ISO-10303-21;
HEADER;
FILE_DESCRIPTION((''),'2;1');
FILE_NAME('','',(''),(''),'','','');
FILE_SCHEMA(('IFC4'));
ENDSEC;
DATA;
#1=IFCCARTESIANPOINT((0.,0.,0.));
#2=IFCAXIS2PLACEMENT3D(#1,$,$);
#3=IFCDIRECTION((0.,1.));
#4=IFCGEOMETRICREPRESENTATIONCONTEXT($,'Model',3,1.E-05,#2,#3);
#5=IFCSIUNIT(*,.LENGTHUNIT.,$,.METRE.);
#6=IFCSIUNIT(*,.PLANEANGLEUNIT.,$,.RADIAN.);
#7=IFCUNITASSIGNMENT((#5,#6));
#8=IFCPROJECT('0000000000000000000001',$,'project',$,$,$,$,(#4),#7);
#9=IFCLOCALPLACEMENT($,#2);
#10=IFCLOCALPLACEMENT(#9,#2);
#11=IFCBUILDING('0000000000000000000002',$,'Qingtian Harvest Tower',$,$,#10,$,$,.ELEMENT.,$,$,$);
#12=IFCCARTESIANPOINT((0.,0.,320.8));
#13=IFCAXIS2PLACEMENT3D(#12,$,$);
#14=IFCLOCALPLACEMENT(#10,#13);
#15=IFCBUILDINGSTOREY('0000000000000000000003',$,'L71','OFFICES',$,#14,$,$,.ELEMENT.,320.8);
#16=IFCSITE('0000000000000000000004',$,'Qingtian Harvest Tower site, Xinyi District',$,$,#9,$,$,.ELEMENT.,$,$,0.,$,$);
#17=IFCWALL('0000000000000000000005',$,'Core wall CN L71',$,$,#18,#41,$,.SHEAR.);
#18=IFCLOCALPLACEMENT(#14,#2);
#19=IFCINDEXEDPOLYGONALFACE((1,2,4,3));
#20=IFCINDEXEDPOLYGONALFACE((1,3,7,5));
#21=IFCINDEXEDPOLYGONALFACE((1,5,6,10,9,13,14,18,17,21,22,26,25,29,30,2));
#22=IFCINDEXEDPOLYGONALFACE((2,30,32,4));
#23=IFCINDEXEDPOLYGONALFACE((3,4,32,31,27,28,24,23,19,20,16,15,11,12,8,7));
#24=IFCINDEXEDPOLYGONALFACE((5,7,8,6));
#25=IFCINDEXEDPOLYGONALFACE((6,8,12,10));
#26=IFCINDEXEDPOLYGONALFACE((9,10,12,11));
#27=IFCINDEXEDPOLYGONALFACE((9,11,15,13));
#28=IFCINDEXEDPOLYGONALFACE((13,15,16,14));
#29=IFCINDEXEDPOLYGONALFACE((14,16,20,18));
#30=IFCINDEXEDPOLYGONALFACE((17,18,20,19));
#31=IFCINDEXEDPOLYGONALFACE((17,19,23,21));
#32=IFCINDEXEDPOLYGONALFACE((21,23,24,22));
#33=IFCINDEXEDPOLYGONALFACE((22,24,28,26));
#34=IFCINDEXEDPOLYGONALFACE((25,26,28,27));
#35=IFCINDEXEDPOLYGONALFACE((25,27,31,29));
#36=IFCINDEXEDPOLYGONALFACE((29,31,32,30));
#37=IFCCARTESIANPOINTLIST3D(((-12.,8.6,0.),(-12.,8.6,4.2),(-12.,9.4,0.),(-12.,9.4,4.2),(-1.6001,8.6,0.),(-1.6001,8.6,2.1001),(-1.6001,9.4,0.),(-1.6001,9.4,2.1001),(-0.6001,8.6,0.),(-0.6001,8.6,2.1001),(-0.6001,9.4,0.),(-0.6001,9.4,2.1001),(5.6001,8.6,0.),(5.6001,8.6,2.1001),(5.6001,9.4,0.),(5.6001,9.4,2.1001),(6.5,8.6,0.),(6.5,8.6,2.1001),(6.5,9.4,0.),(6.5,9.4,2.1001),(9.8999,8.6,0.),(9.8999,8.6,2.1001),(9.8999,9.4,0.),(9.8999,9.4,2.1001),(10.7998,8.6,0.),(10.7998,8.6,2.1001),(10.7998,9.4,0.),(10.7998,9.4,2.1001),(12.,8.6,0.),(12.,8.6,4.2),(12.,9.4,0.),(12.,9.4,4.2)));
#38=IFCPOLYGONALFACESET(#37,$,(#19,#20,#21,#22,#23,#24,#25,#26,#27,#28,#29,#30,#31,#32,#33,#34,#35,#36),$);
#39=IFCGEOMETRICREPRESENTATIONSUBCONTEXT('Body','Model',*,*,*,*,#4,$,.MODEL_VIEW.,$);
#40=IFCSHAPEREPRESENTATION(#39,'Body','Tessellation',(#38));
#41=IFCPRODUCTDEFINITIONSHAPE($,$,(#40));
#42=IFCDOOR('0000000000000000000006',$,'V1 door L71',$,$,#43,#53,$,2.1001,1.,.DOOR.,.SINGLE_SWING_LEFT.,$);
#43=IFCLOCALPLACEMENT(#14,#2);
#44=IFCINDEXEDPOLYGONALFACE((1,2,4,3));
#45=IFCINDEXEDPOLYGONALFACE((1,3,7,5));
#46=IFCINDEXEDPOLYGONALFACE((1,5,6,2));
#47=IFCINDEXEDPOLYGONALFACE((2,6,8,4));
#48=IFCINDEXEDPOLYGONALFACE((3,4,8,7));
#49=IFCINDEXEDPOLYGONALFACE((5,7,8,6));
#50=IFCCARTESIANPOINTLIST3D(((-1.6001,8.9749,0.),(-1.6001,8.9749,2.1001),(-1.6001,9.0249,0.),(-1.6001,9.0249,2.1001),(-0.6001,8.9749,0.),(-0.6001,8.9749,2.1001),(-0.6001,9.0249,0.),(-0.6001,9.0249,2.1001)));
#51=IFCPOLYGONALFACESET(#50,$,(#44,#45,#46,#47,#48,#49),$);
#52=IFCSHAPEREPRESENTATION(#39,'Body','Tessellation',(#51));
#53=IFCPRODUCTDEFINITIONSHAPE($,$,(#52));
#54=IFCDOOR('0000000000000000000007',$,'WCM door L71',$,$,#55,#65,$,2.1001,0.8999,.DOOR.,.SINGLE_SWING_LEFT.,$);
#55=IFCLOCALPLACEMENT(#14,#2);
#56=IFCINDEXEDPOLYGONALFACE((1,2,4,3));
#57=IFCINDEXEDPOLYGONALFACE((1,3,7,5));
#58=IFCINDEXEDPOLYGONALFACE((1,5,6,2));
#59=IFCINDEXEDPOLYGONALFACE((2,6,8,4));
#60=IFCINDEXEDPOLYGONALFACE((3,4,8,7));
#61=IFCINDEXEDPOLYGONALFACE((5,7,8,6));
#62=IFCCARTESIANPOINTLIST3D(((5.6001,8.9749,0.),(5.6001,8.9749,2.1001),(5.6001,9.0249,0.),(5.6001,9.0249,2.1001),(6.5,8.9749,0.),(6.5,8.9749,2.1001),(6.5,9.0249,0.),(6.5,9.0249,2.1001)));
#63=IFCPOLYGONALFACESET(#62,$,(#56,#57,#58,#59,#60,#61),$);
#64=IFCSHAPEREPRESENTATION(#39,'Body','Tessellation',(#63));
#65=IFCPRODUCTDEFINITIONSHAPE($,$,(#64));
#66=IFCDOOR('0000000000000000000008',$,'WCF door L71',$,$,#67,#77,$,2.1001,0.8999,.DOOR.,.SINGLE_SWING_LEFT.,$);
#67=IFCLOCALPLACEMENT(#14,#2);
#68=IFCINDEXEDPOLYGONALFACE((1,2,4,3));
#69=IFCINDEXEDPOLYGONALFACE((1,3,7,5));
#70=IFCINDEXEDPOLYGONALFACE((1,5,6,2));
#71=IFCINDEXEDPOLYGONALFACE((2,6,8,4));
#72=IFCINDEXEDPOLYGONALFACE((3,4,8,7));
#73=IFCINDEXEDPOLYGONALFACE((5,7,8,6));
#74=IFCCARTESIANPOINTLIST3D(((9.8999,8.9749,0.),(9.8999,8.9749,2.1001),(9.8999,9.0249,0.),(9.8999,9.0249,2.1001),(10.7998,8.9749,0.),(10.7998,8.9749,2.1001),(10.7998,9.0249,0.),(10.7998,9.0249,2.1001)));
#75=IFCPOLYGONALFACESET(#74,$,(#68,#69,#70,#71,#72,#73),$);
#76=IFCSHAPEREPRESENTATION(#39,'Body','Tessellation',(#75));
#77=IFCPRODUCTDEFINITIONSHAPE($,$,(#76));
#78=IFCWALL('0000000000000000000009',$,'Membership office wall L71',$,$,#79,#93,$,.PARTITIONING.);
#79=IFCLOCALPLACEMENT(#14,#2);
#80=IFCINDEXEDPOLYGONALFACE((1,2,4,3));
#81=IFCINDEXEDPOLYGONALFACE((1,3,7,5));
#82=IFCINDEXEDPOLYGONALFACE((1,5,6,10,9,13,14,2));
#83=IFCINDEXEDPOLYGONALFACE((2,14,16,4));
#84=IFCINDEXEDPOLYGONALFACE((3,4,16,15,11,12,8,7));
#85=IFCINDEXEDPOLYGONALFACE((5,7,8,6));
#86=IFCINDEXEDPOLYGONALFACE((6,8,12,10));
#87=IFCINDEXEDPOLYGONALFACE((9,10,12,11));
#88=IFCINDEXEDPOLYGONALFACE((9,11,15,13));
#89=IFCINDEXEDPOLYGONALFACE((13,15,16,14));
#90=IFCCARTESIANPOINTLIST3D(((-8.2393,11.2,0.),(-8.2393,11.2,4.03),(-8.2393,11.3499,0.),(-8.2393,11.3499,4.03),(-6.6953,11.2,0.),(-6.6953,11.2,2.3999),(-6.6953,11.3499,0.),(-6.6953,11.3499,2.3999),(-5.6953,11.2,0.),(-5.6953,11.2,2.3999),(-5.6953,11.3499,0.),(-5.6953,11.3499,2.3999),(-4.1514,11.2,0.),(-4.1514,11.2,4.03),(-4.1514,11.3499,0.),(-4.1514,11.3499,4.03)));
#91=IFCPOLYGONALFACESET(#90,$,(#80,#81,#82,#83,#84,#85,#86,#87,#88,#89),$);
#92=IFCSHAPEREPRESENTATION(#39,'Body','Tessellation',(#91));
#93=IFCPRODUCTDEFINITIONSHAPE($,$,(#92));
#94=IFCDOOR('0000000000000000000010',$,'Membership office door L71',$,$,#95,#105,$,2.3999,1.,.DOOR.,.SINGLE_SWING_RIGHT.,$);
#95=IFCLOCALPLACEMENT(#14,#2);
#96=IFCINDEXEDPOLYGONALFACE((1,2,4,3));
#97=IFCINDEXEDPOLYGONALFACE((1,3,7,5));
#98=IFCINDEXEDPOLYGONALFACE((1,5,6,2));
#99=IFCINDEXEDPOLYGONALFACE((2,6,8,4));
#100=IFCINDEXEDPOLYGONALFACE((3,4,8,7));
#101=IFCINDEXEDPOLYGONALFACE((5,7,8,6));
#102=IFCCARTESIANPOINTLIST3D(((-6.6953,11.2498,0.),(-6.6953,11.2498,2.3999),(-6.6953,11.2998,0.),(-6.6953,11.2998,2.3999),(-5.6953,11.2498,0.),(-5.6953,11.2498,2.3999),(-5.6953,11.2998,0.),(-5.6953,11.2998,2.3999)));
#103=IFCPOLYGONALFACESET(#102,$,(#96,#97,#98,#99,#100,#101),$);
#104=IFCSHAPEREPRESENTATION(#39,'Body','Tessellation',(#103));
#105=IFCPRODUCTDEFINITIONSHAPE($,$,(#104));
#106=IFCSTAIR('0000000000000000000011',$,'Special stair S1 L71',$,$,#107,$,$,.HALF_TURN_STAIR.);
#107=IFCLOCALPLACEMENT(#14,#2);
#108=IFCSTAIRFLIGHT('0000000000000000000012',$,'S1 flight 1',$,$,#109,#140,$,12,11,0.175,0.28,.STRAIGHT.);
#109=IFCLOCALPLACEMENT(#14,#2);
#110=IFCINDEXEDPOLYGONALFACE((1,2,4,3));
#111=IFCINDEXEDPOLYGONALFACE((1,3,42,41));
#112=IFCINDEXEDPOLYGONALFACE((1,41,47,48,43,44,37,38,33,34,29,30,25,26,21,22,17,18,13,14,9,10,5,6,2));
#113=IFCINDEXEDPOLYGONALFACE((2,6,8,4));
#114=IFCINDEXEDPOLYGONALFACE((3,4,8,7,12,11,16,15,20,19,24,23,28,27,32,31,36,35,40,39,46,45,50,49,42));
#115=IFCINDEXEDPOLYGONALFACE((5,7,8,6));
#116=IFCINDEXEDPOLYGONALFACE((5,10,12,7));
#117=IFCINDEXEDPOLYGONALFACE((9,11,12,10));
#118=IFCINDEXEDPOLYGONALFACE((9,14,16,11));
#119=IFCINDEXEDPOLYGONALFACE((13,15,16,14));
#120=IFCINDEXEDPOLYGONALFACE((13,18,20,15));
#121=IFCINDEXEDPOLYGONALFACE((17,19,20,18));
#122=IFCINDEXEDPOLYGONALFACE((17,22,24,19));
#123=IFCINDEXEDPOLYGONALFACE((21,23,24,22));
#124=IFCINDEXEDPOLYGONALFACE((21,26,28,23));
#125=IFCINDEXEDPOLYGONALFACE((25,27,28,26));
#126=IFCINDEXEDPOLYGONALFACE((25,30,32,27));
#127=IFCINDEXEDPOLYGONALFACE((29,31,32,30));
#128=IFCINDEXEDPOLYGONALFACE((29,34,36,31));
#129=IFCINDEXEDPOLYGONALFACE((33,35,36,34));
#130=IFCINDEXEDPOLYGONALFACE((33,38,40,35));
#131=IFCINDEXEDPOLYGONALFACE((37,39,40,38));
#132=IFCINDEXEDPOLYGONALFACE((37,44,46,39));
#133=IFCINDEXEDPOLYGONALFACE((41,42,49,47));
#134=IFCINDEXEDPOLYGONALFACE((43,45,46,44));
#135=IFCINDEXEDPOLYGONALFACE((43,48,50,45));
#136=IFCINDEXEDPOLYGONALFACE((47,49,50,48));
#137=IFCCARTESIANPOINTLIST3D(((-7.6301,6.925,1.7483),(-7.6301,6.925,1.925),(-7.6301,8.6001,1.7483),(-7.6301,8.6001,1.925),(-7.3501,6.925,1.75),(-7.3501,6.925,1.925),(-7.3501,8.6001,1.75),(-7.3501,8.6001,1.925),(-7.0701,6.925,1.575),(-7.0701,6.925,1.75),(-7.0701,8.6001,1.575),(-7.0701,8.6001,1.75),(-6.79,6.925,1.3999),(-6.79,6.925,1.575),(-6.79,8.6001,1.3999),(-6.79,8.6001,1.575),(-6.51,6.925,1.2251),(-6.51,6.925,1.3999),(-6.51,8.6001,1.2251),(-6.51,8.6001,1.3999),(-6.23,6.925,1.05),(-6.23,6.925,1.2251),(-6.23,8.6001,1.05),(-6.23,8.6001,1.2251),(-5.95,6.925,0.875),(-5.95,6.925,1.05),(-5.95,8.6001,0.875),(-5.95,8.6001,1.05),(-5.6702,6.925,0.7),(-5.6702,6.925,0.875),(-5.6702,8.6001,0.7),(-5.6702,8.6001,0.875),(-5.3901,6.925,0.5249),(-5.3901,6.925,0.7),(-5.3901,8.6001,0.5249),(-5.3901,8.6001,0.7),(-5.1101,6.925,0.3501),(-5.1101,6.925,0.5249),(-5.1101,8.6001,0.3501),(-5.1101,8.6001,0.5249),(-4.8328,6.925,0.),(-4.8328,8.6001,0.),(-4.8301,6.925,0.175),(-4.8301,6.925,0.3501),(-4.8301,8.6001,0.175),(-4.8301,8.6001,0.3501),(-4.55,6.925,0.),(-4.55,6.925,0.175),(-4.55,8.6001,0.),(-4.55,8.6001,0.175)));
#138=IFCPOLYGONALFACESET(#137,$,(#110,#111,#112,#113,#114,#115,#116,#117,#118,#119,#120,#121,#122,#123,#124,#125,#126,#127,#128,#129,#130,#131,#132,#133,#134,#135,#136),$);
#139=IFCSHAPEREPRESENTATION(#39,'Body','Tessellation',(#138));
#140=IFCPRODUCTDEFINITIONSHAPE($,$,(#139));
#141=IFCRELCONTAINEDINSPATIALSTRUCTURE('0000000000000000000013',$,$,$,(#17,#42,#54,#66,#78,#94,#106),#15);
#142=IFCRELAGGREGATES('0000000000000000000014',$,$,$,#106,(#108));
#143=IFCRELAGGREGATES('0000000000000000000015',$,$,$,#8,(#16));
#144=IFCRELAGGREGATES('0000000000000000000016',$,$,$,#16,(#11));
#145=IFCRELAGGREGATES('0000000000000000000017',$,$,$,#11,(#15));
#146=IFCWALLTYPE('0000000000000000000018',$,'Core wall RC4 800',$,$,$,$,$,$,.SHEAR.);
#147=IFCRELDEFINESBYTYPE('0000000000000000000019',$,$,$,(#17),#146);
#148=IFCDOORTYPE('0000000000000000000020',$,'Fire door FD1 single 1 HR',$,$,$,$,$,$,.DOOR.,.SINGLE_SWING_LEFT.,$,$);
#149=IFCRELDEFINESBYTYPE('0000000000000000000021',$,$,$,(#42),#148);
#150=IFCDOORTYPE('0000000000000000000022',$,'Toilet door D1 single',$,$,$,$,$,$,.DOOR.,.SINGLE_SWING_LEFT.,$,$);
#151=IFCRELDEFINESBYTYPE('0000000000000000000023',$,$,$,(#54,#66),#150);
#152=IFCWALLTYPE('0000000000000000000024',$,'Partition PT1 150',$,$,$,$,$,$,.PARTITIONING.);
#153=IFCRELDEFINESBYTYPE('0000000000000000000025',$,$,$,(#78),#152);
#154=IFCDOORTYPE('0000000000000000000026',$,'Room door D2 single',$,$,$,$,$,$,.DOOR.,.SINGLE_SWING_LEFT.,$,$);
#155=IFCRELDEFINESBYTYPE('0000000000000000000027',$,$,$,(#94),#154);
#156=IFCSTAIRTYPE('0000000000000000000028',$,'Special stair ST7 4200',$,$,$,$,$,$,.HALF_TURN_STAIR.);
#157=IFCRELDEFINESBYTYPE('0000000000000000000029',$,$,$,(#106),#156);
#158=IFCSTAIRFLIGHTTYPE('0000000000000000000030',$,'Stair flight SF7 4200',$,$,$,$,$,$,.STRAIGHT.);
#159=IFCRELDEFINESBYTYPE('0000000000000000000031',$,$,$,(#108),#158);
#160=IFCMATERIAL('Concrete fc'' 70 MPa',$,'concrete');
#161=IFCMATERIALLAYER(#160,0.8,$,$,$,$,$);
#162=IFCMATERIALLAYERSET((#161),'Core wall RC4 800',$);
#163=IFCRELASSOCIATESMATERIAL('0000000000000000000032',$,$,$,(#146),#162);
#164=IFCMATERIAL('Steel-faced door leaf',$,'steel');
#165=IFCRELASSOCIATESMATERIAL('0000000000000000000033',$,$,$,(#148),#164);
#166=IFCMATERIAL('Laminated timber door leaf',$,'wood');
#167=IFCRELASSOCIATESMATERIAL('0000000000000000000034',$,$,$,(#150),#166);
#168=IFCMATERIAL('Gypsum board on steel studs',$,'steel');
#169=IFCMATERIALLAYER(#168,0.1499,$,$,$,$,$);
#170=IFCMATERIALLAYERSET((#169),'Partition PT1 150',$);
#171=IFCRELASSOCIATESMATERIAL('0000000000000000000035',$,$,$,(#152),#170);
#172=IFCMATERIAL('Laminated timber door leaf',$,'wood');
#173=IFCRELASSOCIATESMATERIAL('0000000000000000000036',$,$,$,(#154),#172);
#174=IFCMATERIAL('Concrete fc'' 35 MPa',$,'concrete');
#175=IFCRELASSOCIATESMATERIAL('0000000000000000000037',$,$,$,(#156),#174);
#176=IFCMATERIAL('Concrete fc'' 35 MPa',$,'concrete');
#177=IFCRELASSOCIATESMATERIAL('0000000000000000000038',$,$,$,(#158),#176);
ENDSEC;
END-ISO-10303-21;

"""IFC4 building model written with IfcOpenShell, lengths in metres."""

from ifc_helpers import new_model, si_unit, direction, frame, frame_2d, origin, place, context, subcontext, project, spatial, polyline, rectangle, outline, extrude, material, layer, layer_set, type_object, element, fill, aggregate, save


model = new_model("IFC4")

# Units and contexts
model_context = context("Model", 3, precision=1e-05, world=origin(), true_north=direction((0.0, 1.0)))
body_context = subcontext(model_context, "Body", "Model", "MODEL_VIEW")
ifc_project = project(units=[si_unit("LENGTHUNIT", "METRE"), si_unit("PLANEANGLEUNIT", "RADIAN")], contexts=[model_context])

# Site, building, storey
site_placement = place(None, origin())
site = spatial("IfcSite", under=ifc_project, at=site_placement, Name="Qingtian Harvest Tower site, Xinyi District", CompositionType="ELEMENT", RefElevation=0.0)
building_placement = place(site_placement, origin())
building = spatial("IfcBuilding", under=site, at=building_placement, Name="Qingtian Harvest Tower", CompositionType="ELEMENT")
storey_placement = place(building_placement, frame((0.0, 0.0, 320.8)))
storey = spatial("IfcBuildingStorey", under=building, at=storey_placement, Name="L71", Description="OFFICES", CompositionType="ELEMENT", Elevation=320.8)

# Wall, openings, doors
ifc_material_1 = material(Name="Concrete fc' 70 MPa", Category="concrete")
ifc_layer_1 = layer(ifc_material_1, 0.8)
ifc_layer_set_1 = layer_set([ifc_layer_1], Name="Core wall RC4 800")
wall_type_1 = type_object("IfcWallType", Name="Core wall RC4 800", PredefinedType="SHEAR", material=ifc_layer_set_1)
wall_1_placement = place(storey_placement, frame((-12.0, 9.0, 0.0), z_axis=(0.0, 0.0, 1.0), x_axis=(1.0, 0.0, 0.0)))
wall_1 = element("IfcWall", 1, at=wall_1_placement, inside=storey, type_object=wall_type_1, Name="Core wall CN L71", PredefinedType="SHEAR", context=body_context, shape_type="SweptSolid", body=[
    extrude(rectangle(XDim=24.0, YDim=0.8, at=frame_2d((12.0, 0.0))), origin(), (0.0, 0.0, 1.0), 4.2),
])
opening_1_placement = place(wall_1_placement, frame((10.3999, 0.0, 0.0)))
opening_1 = element("IfcOpeningElement", 2, at=opening_1_placement, cuts=wall_1, PredefinedType="OPENING", context=body_context, shape_type="SweptSolid", body=[
    extrude(rectangle(XDim=1.0, YDim=2.1001, at=frame_2d((0.5, 1.05))), frame((0.0, 0.4099, 0.0), z_axis=(0.0, -1.0, 0.0), x_axis=(1.0, 0.0, 0.0)), (0.0, 0.0, 1.0), 0.8201),
])
opening_2_placement = place(wall_1_placement, frame((17.6001, 0.0, 0.0)))
opening_2 = element("IfcOpeningElement", 3, at=opening_2_placement, cuts=wall_1, PredefinedType="OPENING", context=body_context, shape_type="SweptSolid", body=[
    extrude(rectangle(XDim=0.8999, YDim=2.1001, at=frame_2d((0.45, 1.05))), frame((0.0, 0.4099, 0.0), z_axis=(0.0, -1.0, 0.0), x_axis=(1.0, 0.0, 0.0)), (0.0, 0.0, 1.0), 0.8201),
])
opening_3_placement = place(wall_1_placement, frame((21.8999, 0.0, 0.0)))
opening_3 = element("IfcOpeningElement", 4, at=opening_3_placement, cuts=wall_1, PredefinedType="OPENING", context=body_context, shape_type="SweptSolid", body=[
    extrude(rectangle(XDim=0.8999, YDim=2.1001, at=frame_2d((0.45, 1.05))), frame((0.0, 0.4099, 0.0), z_axis=(0.0, -1.0, 0.0), x_axis=(1.0, 0.0, 0.0)), (0.0, 0.0, 1.0), 0.8201),
])
ifc_material_2 = material(Name="Steel-faced door leaf", Category="steel")
door_type_1 = type_object("IfcDoorType", Name="Fire door FD1 single 1 HR", OperationType="SINGLE_SWING_LEFT", PredefinedType="DOOR", material=ifc_material_2)
door_1_placement = place(opening_1_placement, origin())
door_1 = element("IfcDoor", 5, at=door_1_placement, inside=storey, type_object=door_type_1, Name="V1 door L71", OperationType="SINGLE_SWING_LEFT", OverallHeight=2.1001, OverallWidth=1.0, PredefinedType="DOOR", context=body_context, shape_type="SweptSolid", body=[
    extrude(rectangle(XDim=1.0, YDim=2.1001, at=frame_2d((0.5, 1.05))), frame((0.0, 0.0249, 0.0), z_axis=(0.0, -1.0, 0.0), x_axis=(1.0, 0.0, 0.0)), (0.0, 0.0, 1.0), 0.05),
])
fill(opening_1, door_1)
ifc_material_3 = material(Name="Laminated timber door leaf", Category="wood")
door_type_2 = type_object("IfcDoorType", Name="Toilet door D1 single", OperationType="SINGLE_SWING_LEFT", PredefinedType="DOOR", material=ifc_material_3)
door_2_placement = place(opening_2_placement, origin())
door_2 = element("IfcDoor", 6, at=door_2_placement, inside=storey, type_object=door_type_2, Name="WCM door L71", OperationType="SINGLE_SWING_LEFT", OverallHeight=2.1001, OverallWidth=0.8999, PredefinedType="DOOR", context=body_context, shape_type="SweptSolid", body=[
    extrude(rectangle(XDim=0.8999, YDim=2.1001, at=frame_2d((0.45, 1.05))), frame((0.0, 0.0249, 0.0), z_axis=(0.0, -1.0, 0.0), x_axis=(1.0, 0.0, 0.0)), (0.0, 0.0, 1.0), 0.05),
])
fill(opening_2, door_2)
door_3_placement = place(opening_3_placement, origin())
door_3 = element("IfcDoor", 7, at=door_3_placement, inside=storey, type_object=door_type_2, Name="WCF door L71", OperationType="SINGLE_SWING_LEFT", OverallHeight=2.1001, OverallWidth=0.8999, PredefinedType="DOOR", context=body_context, shape_type="SweptSolid", body=[
    extrude(rectangle(XDim=0.8999, YDim=2.1001, at=frame_2d((0.45, 1.05))), frame((0.0, 0.0249, 0.0), z_axis=(0.0, -1.0, 0.0), x_axis=(1.0, 0.0, 0.0)), (0.0, 0.0, 1.0), 0.05),
])
fill(opening_3, door_3)

# Wall, opening, door
ifc_material_4 = material(Name="Gypsum board on steel studs", Category="steel")
ifc_layer_2 = layer(ifc_material_4, 0.1499)
ifc_layer_set_2 = layer_set([ifc_layer_2], Name="Partition PT1 150")
wall_type_2 = type_object("IfcWallType", Name="Partition PT1 150", PredefinedType="PARTITIONING", material=ifc_layer_set_2)
ifc_material_5 = material(Name="Laminated timber door leaf", Category="wood")
door_type_3 = type_object("IfcDoorType", Name="Room door D2 single", OperationType="SINGLE_SWING_LEFT", PredefinedType="DOOR", material=ifc_material_5)
wall_2_placement = place(storey_placement, frame((-8.2393, 11.2749, 0.0), z_axis=(0.0, 0.0, 1.0), x_axis=(1.0, 0.0, 0.0)))
wall_2 = element("IfcWall", 8, at=wall_2_placement, inside=storey, type_object=wall_type_2, Name="Membership office wall L71", PredefinedType="PARTITIONING", context=body_context, shape_type="SweptSolid", body=[
    extrude(rectangle(XDim=4.0879, YDim=0.1499, at=frame_2d((2.0439, 0.0))), origin(), (0.0, 0.0, 1.0), 4.03),
])
opening_4_placement = place(wall_2_placement, frame((1.5439, 0.0, 0.0)))
opening_4 = element("IfcOpeningElement", 9, at=opening_4_placement, cuts=wall_2, PredefinedType="OPENING", context=body_context, shape_type="SweptSolid", body=[
    extrude(rectangle(XDim=1.0, YDim=2.3999, at=frame_2d((0.5, 1.2))), frame((0.0, 0.085, 0.0), z_axis=(0.0, -1.0, 0.0), x_axis=(1.0, 0.0, 0.0)), (0.0, 0.0, 1.0), 0.1699),
])
door_4_placement = place(opening_4_placement, origin())
door_4 = element("IfcDoor", 10, at=door_4_placement, inside=storey, type_object=door_type_3, Name="Membership office door L71", OperationType="SINGLE_SWING_RIGHT", OverallHeight=2.3999, OverallWidth=1.0, PredefinedType="DOOR", context=body_context, shape_type="SweptSolid", body=[
    extrude(rectangle(XDim=1.0, YDim=2.3999, at=frame_2d((0.5, 1.2))), frame((0.0, 0.0249, 0.0), z_axis=(0.0, -1.0, 0.0), x_axis=(1.0, 0.0, 0.0)), (0.0, 0.0, 1.0), 0.05),
])
fill(opening_4, door_4)

# Stair, stair flight
ifc_material_6 = material(Name="Concrete fc' 35 MPa", Category="concrete")
stair_type = type_object("IfcStairType", Name="Special stair ST7 4200", PredefinedType="HALF_TURN_STAIR", material=ifc_material_6)
stair_placement = place(storey_placement, origin())
stair = element("IfcStair", 11, at=stair_placement, inside=storey, type_object=stair_type, Name="Special stair S1 L71", PredefinedType="HALF_TURN_STAIR")
ifc_material_7 = material(Name="Concrete fc' 35 MPa", Category="concrete")
stair_flight_type = type_object("IfcStairFlightType", Name="Stair flight SF7 4200", PredefinedType="STRAIGHT", material=ifc_material_7)
stair_flight_1_placement = place(storey_placement, frame((-4.55, 7.7625, 0.0), z_axis=(0.0, 0.0, 1.0), x_axis=(-1.0, 0.0, 0.0)))
stair_flight_1 = element("IfcStairFlight", 12, at=stair_flight_1_placement, type_object=stair_flight_type, Name="S1 flight 1", NumberOfRisers=12, NumberOfTreads=11, PredefinedType="STRAIGHT", RiserHeight=0.175, TreadLength=0.28, context=body_context, shape_type="SweptSolid", body=[
    extrude(outline(polyline([(0.0, 0.0), (0.0, 0.175), (0.28, 0.175), (0.28, 0.3501), (0.5601, 0.3501), (0.5601, 0.5249), (0.8401, 0.5249), (0.8401, 0.7), (1.1201, 0.7), (1.1201, 0.875), (1.3999, 0.875), (1.3999, 1.05), (1.6799, 1.05), (1.6799, 1.2251), (1.96, 1.2251), (1.96, 1.3999), (2.24, 1.3999), (2.24, 1.575), (2.52, 1.575), (2.52, 1.75), (2.8, 1.75), (2.8, 1.925), (3.0801, 1.925), (3.0801, 2.1001), (3.0801, 1.7483), (0.2827, 0.0), (0.0, 0.0)])), frame((0.0, 0.8374, 0.0), z_axis=(0.0, -1.0, 0.0), x_axis=(1.0, 0.0, 0.0)), (0.0, 0.0, 1.0), 1.675),
])
aggregate(stair, [stair_flight_1])

save(model, "model.ifc")
